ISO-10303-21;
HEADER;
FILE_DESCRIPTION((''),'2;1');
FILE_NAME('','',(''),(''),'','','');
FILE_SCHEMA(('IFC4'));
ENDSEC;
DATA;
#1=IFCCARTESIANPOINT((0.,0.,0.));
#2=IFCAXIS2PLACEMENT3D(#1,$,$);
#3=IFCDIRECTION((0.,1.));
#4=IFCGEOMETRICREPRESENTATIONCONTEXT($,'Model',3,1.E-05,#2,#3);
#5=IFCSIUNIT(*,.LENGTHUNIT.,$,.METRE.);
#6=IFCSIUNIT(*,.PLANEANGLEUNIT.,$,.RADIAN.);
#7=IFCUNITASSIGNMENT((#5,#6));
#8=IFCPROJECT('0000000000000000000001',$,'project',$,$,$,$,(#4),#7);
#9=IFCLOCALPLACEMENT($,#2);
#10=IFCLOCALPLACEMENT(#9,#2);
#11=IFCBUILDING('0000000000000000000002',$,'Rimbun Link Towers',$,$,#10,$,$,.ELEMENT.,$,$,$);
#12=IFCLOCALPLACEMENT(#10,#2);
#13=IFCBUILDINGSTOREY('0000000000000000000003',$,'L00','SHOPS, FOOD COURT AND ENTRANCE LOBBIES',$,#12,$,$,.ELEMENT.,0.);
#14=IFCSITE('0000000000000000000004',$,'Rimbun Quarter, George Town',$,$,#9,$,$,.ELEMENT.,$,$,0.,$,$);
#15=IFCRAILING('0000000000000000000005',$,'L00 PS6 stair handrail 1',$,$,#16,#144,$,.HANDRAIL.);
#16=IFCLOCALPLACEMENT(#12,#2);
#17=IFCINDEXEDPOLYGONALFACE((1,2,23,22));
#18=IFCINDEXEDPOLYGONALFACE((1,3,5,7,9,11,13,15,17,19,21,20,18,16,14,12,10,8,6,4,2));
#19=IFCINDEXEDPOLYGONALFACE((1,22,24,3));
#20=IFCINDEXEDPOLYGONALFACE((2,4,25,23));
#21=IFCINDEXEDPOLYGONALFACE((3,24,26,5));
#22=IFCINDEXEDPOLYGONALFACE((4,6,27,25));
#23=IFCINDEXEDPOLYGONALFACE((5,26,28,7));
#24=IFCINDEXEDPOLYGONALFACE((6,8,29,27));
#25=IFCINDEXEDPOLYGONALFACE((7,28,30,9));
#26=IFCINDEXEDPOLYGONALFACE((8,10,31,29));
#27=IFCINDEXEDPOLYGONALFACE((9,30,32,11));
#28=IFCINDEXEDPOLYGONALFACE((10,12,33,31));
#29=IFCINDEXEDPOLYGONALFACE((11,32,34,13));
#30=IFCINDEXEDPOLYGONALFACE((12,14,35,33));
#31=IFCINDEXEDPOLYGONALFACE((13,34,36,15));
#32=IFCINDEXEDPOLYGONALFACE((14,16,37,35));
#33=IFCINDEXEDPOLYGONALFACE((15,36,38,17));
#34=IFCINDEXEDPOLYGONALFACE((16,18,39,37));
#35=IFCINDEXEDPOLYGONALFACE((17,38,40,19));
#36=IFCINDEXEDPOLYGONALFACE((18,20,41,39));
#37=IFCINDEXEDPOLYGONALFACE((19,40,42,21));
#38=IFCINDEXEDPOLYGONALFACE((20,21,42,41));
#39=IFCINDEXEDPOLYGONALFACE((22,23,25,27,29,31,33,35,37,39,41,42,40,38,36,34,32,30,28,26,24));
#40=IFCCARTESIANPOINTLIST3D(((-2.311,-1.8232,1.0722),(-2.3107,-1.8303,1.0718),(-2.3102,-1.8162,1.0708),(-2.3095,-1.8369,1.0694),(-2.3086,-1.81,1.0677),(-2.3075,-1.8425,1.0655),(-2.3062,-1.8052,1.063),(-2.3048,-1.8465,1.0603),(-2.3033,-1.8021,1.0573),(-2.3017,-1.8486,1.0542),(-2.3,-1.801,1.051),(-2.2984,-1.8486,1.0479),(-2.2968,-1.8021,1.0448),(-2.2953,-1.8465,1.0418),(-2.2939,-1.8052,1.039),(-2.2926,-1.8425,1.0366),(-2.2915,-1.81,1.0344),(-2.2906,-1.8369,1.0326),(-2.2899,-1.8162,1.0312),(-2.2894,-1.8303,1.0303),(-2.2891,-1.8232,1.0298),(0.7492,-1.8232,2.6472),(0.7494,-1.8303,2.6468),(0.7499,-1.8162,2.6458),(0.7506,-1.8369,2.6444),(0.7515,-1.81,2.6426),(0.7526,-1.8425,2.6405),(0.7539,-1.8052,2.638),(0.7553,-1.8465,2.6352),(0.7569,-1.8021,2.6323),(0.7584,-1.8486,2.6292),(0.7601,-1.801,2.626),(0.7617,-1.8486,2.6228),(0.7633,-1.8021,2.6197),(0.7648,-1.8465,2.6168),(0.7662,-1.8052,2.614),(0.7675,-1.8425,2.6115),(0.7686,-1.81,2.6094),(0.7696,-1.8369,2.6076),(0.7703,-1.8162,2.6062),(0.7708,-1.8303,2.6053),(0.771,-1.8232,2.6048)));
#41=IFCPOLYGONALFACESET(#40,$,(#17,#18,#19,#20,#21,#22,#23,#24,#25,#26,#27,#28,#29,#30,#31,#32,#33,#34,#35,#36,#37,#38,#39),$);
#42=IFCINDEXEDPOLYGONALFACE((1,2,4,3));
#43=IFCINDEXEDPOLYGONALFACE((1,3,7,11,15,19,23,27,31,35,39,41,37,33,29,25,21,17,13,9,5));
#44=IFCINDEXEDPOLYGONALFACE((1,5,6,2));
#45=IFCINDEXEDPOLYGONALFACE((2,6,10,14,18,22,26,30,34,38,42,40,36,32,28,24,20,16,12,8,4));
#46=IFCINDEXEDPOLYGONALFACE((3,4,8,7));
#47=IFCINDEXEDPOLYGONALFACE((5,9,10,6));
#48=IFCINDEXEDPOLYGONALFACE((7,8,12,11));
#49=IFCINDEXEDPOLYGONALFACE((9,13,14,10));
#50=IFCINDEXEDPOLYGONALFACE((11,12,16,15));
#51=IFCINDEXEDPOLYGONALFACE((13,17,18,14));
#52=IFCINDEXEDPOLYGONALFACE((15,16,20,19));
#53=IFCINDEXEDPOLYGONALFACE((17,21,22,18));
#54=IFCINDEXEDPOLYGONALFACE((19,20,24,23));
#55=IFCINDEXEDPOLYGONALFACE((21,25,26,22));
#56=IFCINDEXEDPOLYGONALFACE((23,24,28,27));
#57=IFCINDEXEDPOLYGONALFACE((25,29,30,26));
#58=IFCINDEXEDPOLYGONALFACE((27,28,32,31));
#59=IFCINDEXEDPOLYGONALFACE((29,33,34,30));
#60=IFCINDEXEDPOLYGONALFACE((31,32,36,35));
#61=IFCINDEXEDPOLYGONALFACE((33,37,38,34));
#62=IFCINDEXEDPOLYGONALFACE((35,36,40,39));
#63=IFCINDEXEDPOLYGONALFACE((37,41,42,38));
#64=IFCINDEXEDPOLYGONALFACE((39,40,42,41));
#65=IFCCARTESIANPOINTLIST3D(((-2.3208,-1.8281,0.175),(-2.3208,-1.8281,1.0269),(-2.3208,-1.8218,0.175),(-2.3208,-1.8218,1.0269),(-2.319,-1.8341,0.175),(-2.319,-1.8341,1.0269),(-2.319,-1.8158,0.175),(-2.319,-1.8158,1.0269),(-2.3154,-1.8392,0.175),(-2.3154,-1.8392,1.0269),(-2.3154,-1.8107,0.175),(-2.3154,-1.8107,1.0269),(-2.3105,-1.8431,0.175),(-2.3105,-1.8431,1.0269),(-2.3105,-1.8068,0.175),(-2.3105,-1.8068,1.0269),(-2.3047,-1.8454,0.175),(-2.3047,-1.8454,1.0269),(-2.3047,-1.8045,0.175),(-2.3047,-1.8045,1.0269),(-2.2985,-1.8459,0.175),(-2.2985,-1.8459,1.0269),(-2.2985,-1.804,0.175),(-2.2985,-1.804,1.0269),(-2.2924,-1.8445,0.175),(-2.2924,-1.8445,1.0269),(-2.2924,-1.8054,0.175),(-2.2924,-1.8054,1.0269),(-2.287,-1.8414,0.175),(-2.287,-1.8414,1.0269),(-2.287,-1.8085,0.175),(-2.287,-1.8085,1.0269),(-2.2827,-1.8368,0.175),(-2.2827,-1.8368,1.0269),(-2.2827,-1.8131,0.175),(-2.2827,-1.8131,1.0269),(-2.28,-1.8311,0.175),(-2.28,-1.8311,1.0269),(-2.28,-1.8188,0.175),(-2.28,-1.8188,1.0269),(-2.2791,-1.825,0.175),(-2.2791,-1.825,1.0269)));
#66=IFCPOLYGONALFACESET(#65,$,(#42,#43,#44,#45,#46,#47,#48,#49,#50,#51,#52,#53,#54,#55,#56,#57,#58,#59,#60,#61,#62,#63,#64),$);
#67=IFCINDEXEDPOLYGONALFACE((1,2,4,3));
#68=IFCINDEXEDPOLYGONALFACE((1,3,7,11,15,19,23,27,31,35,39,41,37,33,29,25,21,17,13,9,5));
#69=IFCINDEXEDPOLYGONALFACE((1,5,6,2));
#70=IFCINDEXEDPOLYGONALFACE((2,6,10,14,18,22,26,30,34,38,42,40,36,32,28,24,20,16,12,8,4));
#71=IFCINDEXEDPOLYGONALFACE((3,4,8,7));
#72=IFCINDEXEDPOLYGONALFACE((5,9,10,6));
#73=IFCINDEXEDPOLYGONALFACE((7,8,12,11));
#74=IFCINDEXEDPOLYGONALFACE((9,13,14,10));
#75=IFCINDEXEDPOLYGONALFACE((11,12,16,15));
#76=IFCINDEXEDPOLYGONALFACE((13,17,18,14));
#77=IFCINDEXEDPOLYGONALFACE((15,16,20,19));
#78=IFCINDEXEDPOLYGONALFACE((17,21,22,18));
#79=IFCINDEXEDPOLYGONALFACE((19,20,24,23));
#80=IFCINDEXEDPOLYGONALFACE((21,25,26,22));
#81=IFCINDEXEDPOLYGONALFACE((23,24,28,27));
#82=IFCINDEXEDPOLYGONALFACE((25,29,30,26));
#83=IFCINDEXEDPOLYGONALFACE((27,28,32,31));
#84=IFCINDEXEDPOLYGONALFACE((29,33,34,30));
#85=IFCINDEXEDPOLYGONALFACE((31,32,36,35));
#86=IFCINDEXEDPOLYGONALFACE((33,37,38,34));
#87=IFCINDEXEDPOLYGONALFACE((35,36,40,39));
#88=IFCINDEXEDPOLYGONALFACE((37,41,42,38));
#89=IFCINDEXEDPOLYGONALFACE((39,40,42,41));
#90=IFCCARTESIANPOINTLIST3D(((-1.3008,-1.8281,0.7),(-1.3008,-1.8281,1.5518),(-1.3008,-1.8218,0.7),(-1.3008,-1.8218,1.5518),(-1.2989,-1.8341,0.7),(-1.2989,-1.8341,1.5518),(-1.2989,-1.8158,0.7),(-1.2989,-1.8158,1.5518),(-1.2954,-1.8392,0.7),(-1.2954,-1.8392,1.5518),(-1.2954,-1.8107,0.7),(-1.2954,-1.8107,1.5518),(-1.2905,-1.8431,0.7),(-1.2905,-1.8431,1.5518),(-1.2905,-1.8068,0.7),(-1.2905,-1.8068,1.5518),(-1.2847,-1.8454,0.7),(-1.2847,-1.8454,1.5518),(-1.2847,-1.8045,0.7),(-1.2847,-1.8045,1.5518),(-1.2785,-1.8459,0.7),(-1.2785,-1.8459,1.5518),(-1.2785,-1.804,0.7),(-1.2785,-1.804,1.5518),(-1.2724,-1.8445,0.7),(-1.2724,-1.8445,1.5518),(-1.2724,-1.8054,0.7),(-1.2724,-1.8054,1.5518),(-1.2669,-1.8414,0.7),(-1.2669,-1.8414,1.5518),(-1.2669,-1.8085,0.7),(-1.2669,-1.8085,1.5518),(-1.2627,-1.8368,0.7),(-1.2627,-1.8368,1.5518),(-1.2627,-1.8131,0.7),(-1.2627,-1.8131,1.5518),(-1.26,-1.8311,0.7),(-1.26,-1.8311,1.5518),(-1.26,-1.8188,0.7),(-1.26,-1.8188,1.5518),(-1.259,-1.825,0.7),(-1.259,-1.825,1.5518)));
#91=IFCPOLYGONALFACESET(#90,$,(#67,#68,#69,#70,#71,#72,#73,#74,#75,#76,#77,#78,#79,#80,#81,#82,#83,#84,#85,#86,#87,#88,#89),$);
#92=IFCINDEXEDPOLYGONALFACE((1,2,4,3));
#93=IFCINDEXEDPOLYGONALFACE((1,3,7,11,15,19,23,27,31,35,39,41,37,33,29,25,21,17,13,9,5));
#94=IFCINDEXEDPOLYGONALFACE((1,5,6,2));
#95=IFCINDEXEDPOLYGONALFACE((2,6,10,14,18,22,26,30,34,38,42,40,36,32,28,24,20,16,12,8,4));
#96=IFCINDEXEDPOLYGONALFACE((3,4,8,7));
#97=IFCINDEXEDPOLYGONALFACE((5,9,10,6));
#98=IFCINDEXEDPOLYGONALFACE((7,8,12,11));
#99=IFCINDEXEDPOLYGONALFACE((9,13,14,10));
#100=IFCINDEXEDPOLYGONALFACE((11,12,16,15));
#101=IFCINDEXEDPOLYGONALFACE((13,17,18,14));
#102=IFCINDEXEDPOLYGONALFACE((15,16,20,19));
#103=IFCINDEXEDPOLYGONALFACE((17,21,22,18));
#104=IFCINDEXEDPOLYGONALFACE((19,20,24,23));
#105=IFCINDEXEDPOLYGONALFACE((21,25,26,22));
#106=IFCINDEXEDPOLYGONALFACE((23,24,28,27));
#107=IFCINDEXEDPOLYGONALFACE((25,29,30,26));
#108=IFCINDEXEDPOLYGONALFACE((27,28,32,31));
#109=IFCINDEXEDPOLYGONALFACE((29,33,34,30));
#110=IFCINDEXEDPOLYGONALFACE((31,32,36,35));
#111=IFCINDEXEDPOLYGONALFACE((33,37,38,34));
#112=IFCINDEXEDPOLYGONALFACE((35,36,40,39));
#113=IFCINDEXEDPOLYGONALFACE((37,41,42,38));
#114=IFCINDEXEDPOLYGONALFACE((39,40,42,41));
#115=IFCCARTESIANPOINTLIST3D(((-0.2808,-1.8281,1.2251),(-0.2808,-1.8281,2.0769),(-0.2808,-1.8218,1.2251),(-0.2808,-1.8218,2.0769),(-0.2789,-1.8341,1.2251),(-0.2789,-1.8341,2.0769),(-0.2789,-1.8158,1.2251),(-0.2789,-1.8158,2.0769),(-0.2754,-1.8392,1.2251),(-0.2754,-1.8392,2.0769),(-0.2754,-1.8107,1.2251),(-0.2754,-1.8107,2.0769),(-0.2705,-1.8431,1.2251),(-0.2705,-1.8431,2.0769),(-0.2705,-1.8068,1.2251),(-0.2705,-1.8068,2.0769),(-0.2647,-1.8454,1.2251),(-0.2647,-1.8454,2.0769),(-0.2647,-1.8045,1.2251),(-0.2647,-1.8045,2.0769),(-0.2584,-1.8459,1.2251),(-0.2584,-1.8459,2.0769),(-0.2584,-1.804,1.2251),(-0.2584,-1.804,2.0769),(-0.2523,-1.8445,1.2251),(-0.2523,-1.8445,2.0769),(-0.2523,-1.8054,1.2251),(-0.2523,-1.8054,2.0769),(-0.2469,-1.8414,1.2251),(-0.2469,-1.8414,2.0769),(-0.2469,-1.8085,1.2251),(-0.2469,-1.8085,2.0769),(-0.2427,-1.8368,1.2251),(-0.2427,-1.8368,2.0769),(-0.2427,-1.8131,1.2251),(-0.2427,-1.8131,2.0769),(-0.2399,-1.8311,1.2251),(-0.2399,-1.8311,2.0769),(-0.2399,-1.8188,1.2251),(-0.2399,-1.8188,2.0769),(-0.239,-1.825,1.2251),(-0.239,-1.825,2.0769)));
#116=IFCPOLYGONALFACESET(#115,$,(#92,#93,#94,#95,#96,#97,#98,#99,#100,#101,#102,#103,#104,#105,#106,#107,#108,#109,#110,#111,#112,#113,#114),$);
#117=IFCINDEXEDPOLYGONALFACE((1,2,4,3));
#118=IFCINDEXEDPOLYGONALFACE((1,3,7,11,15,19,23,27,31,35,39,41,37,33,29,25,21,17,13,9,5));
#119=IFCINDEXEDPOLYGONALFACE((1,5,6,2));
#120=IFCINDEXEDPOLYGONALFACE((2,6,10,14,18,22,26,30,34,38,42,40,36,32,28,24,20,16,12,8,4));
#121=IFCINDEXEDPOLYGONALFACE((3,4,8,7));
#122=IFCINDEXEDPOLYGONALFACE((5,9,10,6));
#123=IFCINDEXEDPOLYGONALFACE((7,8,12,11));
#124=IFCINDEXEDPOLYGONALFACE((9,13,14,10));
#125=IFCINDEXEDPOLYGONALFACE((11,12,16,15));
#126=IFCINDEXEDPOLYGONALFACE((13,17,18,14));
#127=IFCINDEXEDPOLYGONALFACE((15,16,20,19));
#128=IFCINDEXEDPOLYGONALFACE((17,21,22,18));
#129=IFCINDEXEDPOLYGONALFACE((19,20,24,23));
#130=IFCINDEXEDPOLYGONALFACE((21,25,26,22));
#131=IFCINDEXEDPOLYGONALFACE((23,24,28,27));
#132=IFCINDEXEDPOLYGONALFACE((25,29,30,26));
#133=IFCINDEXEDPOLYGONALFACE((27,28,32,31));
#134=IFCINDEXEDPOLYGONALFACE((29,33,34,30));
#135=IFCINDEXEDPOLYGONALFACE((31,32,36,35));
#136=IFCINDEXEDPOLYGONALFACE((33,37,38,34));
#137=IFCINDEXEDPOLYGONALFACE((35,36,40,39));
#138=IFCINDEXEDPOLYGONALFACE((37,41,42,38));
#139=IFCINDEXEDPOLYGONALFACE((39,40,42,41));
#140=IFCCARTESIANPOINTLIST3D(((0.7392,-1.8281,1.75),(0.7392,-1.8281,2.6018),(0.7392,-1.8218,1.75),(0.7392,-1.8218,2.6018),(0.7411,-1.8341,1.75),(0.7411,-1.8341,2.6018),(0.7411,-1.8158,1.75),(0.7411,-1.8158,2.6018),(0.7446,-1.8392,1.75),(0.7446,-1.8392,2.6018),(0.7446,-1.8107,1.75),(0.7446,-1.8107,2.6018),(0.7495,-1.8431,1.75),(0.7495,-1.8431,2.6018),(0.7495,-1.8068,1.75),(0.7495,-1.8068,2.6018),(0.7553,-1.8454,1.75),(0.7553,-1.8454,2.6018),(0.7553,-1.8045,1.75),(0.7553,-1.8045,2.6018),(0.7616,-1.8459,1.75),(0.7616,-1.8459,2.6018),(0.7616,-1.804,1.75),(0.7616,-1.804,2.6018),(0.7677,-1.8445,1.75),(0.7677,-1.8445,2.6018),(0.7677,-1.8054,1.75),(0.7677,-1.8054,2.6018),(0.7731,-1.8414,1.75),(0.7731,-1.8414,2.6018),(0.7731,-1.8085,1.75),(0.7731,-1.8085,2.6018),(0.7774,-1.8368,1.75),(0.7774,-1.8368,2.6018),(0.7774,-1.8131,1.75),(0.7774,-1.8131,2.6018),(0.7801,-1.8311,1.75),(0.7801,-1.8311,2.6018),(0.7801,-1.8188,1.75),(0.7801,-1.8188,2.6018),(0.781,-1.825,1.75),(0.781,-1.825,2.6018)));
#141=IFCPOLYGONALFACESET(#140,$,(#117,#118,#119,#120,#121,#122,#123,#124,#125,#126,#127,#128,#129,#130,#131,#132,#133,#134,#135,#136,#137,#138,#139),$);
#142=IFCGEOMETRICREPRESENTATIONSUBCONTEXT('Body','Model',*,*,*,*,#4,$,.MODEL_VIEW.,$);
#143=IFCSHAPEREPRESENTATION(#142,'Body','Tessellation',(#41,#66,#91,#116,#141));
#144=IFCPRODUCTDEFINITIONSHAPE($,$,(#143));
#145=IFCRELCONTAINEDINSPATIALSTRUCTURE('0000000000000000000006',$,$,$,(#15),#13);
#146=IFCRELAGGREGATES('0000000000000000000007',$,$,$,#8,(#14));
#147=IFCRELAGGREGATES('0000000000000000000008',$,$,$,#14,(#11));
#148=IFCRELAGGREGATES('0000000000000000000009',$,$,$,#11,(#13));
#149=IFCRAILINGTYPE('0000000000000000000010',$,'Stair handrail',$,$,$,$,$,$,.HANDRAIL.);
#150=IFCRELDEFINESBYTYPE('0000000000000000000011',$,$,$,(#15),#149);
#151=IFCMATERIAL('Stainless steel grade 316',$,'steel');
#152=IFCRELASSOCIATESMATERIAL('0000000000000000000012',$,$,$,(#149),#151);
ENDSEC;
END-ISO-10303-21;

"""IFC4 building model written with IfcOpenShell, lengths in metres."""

from ifc_helpers import new_model, si_unit, direction, frame, origin, origin_2d, place, context, subcontext, project, spatial, circle, extrude, material, type_object, element, save


model = new_model("IFC4")

# Units and contexts
model_context = context("Model", 3, precision=1e-05, world=origin(), true_north=direction((0.0, 1.0)))
body_context = subcontext(model_context, "Body", "Model", "MODEL_VIEW")
ifc_project = project(units=[si_unit("LENGTHUNIT", "METRE"), si_unit("PLANEANGLEUNIT", "RADIAN")], contexts=[model_context])

# Site, building, storey
site_placement = place(None, origin())
site = spatial("IfcSite", under=ifc_project, at=site_placement, Name="Rimbun Quarter, George Town", CompositionType="ELEMENT", RefElevation=0.0)
building_placement = place(site_placement, origin())
building = spatial("IfcBuilding", under=site, at=building_placement, Name="Rimbun Link Towers", CompositionType="ELEMENT")
storey_placement = place(building_placement, origin())
storey = spatial("IfcBuildingStorey", under=building, at=storey_placement, Name="L00", Description="SHOPS, FOOD COURT AND ENTRANCE LOBBIES", CompositionType="ELEMENT", Elevation=0.0)

# Railing
ifc_material_1 = material(Name="Stainless steel grade 316", Category="steel")
railing_type_1 = type_object("IfcRailingType", Name="Stair handrail", PredefinedType="HANDRAIL", material=ifc_material_1)
for number, where, name in (
    (1, (-2.3, -1.825, 0.175), "L00 PS6 stair handrail 1"),
):
    element("IfcRailing", number, at=place(storey_placement, frame(where)), inside=storey, type_object=railing_type_1, Name=name, PredefinedType="HANDRAIL", context=body_context, shape_type="SweptSolid", body=[
        extrude(circle(Radius=0.0239, at=origin_2d()), frame((0.0, 0.0, 0.876), z_axis=(0.889145, 0.0, 0.457625), x_axis=(0.0, 1.0, 0.0)), (0.0, 0.0, 1.0), 3.4417),
        extrude(circle(Radius=0.021, at=origin_2d()), origin(), (0.0, 0.0, 1.0), 0.8518),
        extrude(circle(Radius=0.021, at=origin_2d()), frame((1.02, 0.0, 0.5249)), (0.0, 0.0, 1.0), 0.8518),
        extrude(circle(Radius=0.021, at=origin_2d()), frame((2.04, 0.0, 1.05)), (0.0, 0.0, 1.0), 0.8518),
        extrude(circle(Radius=0.021, at=origin_2d()), frame((3.0601, 0.0, 1.575)), (0.0, 0.0, 1.0), 0.8518),
    ])

save(model, "model.ifc")
